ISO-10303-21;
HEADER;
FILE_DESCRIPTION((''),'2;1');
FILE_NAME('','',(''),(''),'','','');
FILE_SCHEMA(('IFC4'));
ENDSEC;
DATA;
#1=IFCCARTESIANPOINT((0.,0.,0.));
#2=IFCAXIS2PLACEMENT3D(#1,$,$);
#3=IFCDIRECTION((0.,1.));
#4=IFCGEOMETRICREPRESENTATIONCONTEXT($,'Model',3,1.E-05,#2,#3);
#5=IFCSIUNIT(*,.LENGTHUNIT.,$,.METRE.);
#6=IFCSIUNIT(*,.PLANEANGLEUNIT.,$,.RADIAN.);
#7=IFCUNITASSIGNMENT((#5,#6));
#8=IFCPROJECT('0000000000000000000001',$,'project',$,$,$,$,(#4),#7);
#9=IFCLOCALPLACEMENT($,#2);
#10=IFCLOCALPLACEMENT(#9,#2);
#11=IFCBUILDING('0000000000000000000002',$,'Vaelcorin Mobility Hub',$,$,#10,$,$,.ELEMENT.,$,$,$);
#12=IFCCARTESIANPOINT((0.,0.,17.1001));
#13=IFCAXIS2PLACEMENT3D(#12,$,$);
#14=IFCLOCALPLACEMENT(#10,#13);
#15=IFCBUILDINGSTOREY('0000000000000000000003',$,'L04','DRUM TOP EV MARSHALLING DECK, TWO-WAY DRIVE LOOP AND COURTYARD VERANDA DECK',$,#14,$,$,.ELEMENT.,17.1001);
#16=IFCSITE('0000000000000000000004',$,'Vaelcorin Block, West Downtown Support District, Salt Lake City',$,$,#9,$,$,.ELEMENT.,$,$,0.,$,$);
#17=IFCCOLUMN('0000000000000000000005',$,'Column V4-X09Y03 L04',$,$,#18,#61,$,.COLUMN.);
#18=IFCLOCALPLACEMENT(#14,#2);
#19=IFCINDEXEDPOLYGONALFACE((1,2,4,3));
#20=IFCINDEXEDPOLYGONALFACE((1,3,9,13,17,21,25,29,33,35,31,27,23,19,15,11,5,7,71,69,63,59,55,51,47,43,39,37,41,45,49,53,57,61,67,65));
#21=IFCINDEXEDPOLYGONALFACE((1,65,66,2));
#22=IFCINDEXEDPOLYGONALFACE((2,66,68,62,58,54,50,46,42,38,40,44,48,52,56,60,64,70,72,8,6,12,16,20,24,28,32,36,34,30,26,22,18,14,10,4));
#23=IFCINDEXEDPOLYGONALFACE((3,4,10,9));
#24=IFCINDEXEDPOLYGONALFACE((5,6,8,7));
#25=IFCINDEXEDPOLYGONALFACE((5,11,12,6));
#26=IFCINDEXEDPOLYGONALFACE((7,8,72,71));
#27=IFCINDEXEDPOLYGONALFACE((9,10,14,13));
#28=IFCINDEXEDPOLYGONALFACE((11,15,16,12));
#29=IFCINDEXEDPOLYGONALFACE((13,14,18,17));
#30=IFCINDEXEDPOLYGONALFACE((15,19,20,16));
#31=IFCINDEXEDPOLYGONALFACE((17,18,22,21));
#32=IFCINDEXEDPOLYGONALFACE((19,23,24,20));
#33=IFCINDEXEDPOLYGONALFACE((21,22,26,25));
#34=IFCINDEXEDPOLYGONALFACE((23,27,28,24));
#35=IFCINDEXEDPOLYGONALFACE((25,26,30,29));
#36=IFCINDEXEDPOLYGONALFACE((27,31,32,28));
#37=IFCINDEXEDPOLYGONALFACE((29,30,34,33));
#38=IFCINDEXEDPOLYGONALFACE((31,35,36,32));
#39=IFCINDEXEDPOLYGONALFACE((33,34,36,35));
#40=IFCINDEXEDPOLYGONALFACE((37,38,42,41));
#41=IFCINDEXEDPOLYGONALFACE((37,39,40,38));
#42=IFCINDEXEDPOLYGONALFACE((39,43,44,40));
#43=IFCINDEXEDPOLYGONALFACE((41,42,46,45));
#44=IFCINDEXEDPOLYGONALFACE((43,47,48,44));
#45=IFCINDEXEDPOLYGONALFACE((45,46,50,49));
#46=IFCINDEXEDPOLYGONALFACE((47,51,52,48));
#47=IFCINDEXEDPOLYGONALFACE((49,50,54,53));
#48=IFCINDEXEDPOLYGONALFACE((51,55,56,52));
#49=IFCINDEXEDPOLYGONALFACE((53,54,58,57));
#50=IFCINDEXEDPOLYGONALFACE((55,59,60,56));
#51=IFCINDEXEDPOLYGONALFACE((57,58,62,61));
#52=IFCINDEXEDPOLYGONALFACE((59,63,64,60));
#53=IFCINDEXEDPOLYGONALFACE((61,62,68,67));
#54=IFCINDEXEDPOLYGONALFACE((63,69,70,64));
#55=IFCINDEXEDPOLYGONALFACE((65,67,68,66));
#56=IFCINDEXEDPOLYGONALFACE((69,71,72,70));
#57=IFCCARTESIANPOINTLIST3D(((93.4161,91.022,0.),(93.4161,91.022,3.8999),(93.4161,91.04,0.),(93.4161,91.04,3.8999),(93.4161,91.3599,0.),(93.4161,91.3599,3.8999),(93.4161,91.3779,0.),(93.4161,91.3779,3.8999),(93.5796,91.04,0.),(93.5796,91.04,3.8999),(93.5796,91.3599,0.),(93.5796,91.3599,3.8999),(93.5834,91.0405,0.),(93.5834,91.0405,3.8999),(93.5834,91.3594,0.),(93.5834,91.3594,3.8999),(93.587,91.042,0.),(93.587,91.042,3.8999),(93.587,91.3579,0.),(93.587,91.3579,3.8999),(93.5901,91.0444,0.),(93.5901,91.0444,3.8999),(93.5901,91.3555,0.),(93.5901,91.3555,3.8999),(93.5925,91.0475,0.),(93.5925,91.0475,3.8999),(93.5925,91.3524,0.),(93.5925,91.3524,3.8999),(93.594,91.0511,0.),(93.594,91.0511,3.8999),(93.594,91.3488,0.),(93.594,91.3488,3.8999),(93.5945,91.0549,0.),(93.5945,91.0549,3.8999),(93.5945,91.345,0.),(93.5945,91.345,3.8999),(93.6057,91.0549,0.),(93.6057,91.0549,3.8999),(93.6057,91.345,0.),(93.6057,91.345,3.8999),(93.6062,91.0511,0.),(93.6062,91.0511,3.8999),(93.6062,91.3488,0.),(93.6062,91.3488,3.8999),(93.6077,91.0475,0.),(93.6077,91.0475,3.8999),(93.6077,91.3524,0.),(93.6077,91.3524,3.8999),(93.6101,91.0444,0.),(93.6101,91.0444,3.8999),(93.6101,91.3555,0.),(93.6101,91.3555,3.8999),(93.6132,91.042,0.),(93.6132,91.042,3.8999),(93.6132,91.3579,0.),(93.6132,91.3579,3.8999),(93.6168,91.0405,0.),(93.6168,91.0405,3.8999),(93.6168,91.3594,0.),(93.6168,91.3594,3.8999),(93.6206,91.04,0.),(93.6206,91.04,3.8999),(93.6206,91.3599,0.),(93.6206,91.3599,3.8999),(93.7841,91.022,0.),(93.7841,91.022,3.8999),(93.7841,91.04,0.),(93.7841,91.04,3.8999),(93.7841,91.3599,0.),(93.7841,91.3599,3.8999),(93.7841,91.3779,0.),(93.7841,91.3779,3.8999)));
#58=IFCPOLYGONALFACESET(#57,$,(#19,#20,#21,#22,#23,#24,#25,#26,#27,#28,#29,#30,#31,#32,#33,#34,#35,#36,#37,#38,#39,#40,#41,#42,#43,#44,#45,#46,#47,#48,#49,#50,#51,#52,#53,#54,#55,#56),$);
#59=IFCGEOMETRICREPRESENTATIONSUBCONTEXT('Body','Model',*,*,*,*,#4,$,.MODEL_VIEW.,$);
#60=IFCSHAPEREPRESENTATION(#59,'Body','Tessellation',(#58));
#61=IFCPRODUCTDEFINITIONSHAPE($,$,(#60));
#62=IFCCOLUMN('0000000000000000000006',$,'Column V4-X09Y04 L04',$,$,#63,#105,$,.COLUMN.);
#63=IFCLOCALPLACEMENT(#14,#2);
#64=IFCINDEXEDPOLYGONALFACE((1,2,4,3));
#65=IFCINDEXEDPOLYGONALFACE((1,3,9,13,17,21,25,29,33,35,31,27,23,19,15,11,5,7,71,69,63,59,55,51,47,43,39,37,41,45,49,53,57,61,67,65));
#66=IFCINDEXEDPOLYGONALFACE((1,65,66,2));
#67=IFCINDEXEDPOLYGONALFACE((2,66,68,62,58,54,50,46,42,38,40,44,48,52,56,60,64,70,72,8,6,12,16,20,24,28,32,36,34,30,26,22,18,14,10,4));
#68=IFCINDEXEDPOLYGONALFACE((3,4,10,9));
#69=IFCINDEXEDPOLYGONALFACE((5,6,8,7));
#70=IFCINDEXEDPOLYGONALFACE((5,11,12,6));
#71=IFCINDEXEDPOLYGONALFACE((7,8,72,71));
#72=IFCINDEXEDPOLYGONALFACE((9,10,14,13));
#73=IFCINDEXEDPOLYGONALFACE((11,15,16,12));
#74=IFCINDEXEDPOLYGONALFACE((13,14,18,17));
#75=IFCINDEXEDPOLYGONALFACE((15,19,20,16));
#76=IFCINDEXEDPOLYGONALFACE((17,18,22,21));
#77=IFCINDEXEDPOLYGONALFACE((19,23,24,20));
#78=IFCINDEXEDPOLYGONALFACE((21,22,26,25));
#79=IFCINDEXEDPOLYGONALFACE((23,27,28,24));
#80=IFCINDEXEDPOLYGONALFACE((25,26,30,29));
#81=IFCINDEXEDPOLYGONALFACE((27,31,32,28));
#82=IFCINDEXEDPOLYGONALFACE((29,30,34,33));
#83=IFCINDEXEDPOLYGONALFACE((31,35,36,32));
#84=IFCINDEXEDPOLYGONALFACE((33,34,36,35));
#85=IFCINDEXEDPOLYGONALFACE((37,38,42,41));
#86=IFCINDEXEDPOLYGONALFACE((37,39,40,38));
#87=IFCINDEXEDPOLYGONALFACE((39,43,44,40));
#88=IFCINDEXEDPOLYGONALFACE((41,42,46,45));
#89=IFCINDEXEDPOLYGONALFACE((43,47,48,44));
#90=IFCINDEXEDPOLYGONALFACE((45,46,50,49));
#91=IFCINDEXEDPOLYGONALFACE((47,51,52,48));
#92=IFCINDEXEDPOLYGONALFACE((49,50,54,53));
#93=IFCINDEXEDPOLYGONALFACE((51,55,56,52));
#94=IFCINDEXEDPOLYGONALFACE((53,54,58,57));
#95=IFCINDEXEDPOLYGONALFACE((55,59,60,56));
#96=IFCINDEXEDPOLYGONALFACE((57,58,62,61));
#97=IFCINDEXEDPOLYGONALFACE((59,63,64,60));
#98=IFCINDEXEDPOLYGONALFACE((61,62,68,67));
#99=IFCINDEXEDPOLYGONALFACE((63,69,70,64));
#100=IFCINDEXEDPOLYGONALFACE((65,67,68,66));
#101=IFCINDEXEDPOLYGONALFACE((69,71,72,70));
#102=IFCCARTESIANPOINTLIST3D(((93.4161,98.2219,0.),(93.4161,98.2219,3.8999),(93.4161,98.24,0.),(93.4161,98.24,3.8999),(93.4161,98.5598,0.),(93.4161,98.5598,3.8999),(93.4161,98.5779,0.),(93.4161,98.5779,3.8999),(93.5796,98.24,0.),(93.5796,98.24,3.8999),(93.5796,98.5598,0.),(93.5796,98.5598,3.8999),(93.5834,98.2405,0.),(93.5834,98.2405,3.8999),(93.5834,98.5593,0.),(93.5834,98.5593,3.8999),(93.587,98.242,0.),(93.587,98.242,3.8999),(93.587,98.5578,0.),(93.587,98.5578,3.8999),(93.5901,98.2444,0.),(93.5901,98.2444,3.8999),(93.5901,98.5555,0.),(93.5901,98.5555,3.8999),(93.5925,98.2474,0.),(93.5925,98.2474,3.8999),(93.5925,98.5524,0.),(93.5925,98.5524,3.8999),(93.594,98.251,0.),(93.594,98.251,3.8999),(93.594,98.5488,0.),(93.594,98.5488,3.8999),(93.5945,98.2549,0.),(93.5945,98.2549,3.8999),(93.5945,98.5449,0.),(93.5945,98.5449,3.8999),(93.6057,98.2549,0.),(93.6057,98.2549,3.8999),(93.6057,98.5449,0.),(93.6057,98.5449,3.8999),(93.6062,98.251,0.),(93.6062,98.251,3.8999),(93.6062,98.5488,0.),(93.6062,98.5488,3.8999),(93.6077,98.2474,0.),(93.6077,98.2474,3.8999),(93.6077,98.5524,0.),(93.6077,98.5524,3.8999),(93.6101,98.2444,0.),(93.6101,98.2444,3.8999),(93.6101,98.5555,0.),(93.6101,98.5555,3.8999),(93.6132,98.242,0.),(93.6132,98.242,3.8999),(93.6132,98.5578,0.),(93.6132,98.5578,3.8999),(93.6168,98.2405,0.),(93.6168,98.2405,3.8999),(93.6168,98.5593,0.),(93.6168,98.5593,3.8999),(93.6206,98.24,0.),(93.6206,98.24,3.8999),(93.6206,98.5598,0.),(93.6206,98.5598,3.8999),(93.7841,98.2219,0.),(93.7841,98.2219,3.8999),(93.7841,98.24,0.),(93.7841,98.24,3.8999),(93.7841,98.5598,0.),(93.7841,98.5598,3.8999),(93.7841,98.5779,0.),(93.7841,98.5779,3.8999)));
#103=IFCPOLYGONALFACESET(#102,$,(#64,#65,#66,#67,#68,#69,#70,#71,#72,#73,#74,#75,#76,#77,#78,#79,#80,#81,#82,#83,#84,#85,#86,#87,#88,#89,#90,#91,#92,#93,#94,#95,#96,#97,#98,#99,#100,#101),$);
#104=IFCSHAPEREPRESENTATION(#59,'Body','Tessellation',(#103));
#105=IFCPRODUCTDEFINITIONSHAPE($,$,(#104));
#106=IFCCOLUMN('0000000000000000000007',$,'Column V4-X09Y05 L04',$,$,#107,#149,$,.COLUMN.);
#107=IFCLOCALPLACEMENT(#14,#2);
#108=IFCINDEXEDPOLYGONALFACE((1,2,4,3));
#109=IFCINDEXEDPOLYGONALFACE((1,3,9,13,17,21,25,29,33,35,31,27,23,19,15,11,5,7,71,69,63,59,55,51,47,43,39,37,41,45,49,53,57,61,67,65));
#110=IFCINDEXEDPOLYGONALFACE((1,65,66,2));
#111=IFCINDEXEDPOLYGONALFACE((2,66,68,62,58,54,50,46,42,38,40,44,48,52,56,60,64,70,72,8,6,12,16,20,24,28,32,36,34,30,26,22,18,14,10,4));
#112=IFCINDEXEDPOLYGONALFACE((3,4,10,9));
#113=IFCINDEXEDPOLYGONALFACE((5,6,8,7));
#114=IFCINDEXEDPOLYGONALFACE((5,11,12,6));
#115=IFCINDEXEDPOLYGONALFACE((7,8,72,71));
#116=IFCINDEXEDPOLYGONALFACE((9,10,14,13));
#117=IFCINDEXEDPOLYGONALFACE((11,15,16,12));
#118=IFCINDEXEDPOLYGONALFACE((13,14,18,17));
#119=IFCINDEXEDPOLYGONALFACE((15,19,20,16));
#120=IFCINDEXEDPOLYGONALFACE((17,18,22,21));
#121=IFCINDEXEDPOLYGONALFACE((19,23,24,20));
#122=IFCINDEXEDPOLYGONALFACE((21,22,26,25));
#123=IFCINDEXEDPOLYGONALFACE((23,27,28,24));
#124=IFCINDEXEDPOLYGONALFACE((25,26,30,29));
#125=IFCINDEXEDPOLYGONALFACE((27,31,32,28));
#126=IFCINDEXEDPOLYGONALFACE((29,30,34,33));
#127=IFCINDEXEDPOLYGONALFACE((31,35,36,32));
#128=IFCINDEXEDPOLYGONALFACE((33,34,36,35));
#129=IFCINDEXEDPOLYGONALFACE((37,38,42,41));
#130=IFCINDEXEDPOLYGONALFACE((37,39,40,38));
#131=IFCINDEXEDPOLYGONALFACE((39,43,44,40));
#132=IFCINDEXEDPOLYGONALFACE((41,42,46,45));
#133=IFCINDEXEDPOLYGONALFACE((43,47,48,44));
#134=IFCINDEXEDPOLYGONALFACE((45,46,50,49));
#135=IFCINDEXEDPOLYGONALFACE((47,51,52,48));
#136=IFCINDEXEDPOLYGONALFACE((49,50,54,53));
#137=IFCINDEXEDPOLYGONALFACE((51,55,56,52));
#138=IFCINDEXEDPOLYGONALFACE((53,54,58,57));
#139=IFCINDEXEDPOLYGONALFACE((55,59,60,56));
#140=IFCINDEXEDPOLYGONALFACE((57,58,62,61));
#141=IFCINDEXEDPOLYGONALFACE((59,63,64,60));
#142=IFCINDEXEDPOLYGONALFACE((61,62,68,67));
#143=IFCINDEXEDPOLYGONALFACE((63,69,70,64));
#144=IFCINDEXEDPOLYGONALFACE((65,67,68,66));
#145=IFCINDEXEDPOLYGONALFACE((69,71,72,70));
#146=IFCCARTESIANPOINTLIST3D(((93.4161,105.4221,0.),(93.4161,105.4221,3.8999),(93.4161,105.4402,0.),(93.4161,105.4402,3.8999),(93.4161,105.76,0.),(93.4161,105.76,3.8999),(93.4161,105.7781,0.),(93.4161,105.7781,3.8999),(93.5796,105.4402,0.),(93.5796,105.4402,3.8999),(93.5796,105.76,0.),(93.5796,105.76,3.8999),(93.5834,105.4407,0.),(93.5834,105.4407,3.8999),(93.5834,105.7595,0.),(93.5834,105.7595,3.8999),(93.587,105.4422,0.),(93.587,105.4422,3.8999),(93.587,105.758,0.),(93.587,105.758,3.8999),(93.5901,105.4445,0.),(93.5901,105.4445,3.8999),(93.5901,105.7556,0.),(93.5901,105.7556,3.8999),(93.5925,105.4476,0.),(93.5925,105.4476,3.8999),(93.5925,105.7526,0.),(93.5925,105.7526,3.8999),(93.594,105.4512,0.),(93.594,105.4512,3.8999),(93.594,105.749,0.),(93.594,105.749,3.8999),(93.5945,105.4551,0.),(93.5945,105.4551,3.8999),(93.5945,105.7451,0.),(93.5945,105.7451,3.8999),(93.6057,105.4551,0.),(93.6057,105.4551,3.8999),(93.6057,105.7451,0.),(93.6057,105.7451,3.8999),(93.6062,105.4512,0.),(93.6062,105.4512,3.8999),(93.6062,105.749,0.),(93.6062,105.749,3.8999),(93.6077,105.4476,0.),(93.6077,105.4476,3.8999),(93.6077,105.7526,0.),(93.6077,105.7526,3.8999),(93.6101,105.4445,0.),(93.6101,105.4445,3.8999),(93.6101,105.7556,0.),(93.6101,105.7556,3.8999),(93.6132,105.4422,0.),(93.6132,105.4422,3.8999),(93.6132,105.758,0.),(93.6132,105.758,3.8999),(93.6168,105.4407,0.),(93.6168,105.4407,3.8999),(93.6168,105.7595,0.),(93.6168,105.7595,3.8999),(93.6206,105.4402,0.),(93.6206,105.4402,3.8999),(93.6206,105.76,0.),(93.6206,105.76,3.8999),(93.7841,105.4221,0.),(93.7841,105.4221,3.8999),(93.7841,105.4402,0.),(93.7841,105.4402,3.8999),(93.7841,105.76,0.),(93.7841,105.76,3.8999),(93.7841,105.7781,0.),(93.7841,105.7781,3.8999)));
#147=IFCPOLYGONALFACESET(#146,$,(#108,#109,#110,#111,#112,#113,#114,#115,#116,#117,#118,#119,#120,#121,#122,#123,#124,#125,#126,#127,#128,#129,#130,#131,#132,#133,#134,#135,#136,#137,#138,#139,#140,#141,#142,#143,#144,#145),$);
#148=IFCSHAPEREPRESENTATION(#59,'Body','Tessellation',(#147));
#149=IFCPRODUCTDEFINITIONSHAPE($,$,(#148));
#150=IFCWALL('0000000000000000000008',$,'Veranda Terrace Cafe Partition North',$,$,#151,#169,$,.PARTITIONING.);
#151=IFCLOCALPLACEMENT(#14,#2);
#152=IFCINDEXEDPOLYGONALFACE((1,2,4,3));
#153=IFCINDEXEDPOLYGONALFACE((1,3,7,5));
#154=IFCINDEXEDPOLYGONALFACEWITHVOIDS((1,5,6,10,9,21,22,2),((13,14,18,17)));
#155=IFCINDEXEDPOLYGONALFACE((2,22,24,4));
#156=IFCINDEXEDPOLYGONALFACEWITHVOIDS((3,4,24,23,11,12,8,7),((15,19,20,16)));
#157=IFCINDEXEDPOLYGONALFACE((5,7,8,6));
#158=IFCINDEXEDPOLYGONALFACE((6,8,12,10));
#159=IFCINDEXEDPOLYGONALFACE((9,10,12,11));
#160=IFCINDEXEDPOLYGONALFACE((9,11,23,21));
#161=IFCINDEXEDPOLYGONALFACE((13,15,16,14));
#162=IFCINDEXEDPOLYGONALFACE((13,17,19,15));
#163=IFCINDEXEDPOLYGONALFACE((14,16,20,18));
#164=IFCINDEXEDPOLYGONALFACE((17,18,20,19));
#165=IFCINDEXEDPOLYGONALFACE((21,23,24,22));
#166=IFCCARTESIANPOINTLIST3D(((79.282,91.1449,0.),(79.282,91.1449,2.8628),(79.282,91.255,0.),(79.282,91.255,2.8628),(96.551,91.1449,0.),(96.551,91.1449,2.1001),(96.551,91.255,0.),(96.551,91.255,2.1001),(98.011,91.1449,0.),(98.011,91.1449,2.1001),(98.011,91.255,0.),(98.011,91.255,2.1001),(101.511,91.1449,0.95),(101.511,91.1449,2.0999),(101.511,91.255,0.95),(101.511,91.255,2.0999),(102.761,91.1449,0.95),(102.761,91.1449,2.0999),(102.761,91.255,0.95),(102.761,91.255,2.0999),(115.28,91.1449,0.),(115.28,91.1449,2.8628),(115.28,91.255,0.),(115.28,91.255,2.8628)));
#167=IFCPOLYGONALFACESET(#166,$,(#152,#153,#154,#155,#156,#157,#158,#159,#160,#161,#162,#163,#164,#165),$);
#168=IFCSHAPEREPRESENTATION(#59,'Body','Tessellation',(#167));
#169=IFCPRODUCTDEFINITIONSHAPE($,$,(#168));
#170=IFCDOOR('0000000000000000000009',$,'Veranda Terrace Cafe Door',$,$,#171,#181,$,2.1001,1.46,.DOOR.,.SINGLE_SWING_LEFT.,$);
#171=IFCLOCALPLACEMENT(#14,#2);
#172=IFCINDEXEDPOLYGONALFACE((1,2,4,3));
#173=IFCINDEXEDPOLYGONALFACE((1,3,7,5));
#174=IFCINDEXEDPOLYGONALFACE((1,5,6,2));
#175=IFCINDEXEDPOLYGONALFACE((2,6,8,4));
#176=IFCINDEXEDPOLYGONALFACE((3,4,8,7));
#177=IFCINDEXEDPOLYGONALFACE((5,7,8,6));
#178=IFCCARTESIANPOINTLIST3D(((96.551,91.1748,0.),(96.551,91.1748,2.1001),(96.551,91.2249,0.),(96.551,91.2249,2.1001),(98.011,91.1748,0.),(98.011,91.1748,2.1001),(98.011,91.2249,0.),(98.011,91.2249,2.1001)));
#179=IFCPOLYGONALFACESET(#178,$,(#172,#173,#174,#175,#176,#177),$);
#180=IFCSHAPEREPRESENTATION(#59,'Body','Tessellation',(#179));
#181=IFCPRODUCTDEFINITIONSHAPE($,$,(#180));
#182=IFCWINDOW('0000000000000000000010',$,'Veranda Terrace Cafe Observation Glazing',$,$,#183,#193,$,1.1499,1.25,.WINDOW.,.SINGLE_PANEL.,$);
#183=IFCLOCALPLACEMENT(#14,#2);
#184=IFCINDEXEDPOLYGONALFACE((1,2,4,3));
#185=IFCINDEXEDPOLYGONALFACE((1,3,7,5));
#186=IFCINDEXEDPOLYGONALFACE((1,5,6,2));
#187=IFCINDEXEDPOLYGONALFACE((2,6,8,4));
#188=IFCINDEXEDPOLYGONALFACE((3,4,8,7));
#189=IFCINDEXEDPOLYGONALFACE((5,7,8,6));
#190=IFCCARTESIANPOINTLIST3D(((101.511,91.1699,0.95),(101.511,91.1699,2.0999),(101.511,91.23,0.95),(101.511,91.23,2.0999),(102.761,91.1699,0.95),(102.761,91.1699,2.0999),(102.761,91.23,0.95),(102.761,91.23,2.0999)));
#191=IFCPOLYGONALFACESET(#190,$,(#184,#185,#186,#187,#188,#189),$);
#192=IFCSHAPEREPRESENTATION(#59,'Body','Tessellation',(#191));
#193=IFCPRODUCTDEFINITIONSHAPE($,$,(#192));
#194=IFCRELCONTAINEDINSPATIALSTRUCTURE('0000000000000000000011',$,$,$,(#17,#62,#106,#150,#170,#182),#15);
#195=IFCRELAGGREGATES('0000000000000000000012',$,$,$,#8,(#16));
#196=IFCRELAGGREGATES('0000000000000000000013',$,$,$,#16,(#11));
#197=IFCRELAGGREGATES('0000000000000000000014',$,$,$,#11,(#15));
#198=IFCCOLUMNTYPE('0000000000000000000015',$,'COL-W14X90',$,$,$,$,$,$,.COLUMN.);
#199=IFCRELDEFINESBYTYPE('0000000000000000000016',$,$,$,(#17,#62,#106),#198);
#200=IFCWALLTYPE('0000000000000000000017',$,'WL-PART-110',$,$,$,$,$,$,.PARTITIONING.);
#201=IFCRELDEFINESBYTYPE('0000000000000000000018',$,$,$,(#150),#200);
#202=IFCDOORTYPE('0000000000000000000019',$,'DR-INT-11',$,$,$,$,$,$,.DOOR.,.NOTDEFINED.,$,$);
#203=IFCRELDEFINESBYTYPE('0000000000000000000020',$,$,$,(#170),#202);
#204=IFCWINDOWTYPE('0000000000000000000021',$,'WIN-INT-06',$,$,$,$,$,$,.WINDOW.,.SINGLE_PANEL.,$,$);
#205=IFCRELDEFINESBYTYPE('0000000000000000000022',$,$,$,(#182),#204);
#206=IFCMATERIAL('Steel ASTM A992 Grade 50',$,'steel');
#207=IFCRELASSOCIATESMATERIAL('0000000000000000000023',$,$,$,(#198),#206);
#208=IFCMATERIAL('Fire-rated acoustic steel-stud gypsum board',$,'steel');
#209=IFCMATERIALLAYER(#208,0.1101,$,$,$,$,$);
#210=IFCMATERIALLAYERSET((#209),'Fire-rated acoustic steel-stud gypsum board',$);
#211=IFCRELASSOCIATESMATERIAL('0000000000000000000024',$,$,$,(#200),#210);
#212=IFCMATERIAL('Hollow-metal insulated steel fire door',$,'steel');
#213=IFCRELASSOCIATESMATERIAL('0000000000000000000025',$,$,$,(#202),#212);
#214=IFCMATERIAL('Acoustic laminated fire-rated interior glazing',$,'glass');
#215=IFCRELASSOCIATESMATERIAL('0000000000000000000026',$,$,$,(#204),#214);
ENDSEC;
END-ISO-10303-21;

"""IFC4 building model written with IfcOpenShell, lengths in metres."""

from ifc_helpers import new_model, si_unit, direction, frame, frame_2d, origin, origin_2d, place, context, subcontext, project, spatial, rectangle, i_section, extrude, material, layer, layer_set, material_profile, profile_set, type_object, element, fill, save


model = new_model("IFC4")

# Units and contexts
model_context = context("Model", 3, precision=1e-05, world=origin(), true_north=direction((0.0, 1.0)))
body_context = subcontext(model_context, "Body", "Model", "MODEL_VIEW")
ifc_project = project(units=[si_unit("LENGTHUNIT", "METRE"), si_unit("PLANEANGLEUNIT", "RADIAN")], contexts=[model_context])

# Site, building, storey
site_placement = place(None, origin())
site = spatial("IfcSite", under=ifc_project, at=site_placement, Name="Vaelcorin Block, West Downtown Support District, Salt Lake City", CompositionType="ELEMENT", RefElevation=0.0)
building_placement = place(site_placement, origin())
building = spatial("IfcBuilding", under=site, at=building_placement, Name="Vaelcorin Mobility Hub", CompositionType="ELEMENT")
storey_placement = place(building_placement, frame((0.0, 0.0, 17.1001)))
storey = spatial("IfcBuildingStorey", under=building, at=storey_placement, Name="L04", Description="DRUM TOP EV MARSHALLING DECK, TWO-WAY DRIVE LOOP AND COURTYARD VERANDA DECK", CompositionType="ELEMENT", Elevation=17.1001)

# Columns
ifc_material_1 = material(Name="Steel ASTM A992 Grade 50", Category="steel")
ifc_material_profile_1 = material_profile(ifc_material_1, i_section(OverallWidth=0.3679, OverallDepth=0.356, WebThickness=0.0112, FlangeThickness=0.0181, FilletRadius=0.0149, at=origin_2d()), Name="W14X90")
ifc_profile_set_1 = profile_set([ifc_material_profile_1], Name="Steel ASTM A992 Grade 50")
column_type_1 = type_object("IfcColumnType", Name="COL-W14X90", PredefinedType="COLUMN", material=ifc_profile_set_1)
for number, where, z_axis, x_axis, name in (
    (1, (93.6001, 91.2, 0.0), (0.0, 0.0, 1.0), (1.0, 0.0, 0.0), "Column V4-X09Y03 L04"),
    (2, (93.6001, 98.3999, 0.0), (0.0, 0.0, 1.0), (1.0, 0.0, 0.0), "Column V4-X09Y04 L04"),
    (3, (93.6001, 105.6001, 0.0), (0.0, 0.0, 1.0), (1.0, 0.0, 0.0), "Column V4-X09Y05 L04"),
):
    element("IfcColumn", number, at=place(storey_placement, frame(where, z_axis=z_axis, x_axis=x_axis)), inside=storey, type_object=column_type_1, Name=name, PredefinedType="COLUMN", context=body_context, shape_type="SweptSolid", body=[
        extrude(i_section(OverallWidth=0.3679, OverallDepth=0.356, WebThickness=0.0112, FlangeThickness=0.0181, FilletRadius=0.0149, at=origin_2d()), origin(), (0.0, 0.0, 1.0), 3.8999),
    ])

# Wall, openings, door, window
ifc_material_2 = material(Name="Fire-rated acoustic steel-stud gypsum board", Category="steel")
ifc_layer_1 = layer(ifc_material_2, 0.1101)
ifc_layer_set_1 = layer_set([ifc_layer_1], Name="Fire-rated acoustic steel-stud gypsum board")
wall_type_1 = type_object("IfcWallType", Name="WL-PART-110", PredefinedType="PARTITIONING", material=ifc_layer_set_1)
wall_1_placement = place(storey_placement, frame((79.282, 91.2, 0.0), z_axis=(0.0, 0.0, 1.0), x_axis=(1.0, 0.0, 0.0)))
wall_1 = element("IfcWall", 4, at=wall_1_placement, inside=storey, type_object=wall_type_1, Name="Veranda Terrace Cafe Partition North", PredefinedType="PARTITIONING", context=body_context, shape_type="SweptSolid", body=[
    extrude(rectangle(XDim=35.998, YDim=0.1101, at=frame_2d((17.999, 0.0))), origin(), (0.0, 0.0, 1.0), 2.8628),
])
opening_1_placement = place(wall_1_placement, frame((17.269, 0.0, 0.0)))
opening_1 = element("IfcOpeningElement", 5, at=opening_1_placement, cuts=wall_1, PredefinedType="OPENING", context=body_context, shape_type="SweptSolid", body=[
    extrude(rectangle(XDim=1.46, YDim=2.1001, at=frame_2d((0.73, 1.05))), frame((0.0, 0.0649, 0.0), z_axis=(0.0, -1.0, 0.0), x_axis=(1.0, 0.0, 0.0)), (0.0, 0.0, 1.0), 0.1301),
])
opening_2_placement = place(wall_1_placement, frame((22.229, 0.0, 0.95)))
opening_2 = element("IfcOpeningElement", 6, at=opening_2_placement, cuts=wall_1, PredefinedType="OPENING", context=body_context, shape_type="SweptSolid", body=[
    extrude(rectangle(XDim=1.25, YDim=1.1499, at=frame_2d((0.625, 0.575))), frame((0.0, 0.0649, 0.0), z_axis=(0.0, -1.0, 0.0), x_axis=(1.0, 0.0, 0.0)), (0.0, 0.0, 1.0), 0.1301),
])
ifc_material_3 = material(Name="Hollow-metal insulated steel fire door", Category="steel")
door_type_1 = type_object("IfcDoorType", Name="DR-INT-11", OperationType="NOTDEFINED", PredefinedType="DOOR", material=ifc_material_3)
door_1_placement = place(opening_1_placement, origin())
door_1 = element("IfcDoor", 7, at=door_1_placement, inside=storey, type_object=door_type_1, Name="Veranda Terrace Cafe Door", OperationType="SINGLE_SWING_LEFT", OverallHeight=2.1001, OverallWidth=1.46, PredefinedType="DOOR", context=body_context, shape_type="SweptSolid", body=[
    extrude(rectangle(XDim=1.46, YDim=2.1001, at=frame_2d((0.73, 1.05))), frame((0.0, 0.0249, 0.0), z_axis=(0.0, -1.0, 0.0), x_axis=(1.0, 0.0, 0.0)), (0.0, 0.0, 1.0), 0.05),
])
fill(opening_1, door_1)
ifc_material_4 = material(Name="Acoustic laminated fire-rated interior glazing", Category="glass")
window_type = type_object("IfcWindowType", Name="WIN-INT-06", PartitioningType="SINGLE_PANEL", PredefinedType="WINDOW", material=ifc_material_4)
window_placement = place(opening_2_placement, origin())
window = element("IfcWindow", 8, at=window_placement, inside=storey, type_object=window_type, Name="Veranda Terrace Cafe Observation Glazing", OverallHeight=1.1499, OverallWidth=1.25, PartitioningType="SINGLE_PANEL", PredefinedType="WINDOW", context=body_context, shape_type="SweptSolid", body=[
    extrude(rectangle(XDim=1.25, YDim=1.1499, at=frame_2d((0.625, 0.575))), frame((0.0, 0.03, 0.0), z_axis=(0.0, -1.0, 0.0), x_axis=(1.0, 0.0, 0.0)), (0.0, 0.0, 1.0), 0.0601),
])
fill(opening_2, window)

save(model, "model.ifc")
